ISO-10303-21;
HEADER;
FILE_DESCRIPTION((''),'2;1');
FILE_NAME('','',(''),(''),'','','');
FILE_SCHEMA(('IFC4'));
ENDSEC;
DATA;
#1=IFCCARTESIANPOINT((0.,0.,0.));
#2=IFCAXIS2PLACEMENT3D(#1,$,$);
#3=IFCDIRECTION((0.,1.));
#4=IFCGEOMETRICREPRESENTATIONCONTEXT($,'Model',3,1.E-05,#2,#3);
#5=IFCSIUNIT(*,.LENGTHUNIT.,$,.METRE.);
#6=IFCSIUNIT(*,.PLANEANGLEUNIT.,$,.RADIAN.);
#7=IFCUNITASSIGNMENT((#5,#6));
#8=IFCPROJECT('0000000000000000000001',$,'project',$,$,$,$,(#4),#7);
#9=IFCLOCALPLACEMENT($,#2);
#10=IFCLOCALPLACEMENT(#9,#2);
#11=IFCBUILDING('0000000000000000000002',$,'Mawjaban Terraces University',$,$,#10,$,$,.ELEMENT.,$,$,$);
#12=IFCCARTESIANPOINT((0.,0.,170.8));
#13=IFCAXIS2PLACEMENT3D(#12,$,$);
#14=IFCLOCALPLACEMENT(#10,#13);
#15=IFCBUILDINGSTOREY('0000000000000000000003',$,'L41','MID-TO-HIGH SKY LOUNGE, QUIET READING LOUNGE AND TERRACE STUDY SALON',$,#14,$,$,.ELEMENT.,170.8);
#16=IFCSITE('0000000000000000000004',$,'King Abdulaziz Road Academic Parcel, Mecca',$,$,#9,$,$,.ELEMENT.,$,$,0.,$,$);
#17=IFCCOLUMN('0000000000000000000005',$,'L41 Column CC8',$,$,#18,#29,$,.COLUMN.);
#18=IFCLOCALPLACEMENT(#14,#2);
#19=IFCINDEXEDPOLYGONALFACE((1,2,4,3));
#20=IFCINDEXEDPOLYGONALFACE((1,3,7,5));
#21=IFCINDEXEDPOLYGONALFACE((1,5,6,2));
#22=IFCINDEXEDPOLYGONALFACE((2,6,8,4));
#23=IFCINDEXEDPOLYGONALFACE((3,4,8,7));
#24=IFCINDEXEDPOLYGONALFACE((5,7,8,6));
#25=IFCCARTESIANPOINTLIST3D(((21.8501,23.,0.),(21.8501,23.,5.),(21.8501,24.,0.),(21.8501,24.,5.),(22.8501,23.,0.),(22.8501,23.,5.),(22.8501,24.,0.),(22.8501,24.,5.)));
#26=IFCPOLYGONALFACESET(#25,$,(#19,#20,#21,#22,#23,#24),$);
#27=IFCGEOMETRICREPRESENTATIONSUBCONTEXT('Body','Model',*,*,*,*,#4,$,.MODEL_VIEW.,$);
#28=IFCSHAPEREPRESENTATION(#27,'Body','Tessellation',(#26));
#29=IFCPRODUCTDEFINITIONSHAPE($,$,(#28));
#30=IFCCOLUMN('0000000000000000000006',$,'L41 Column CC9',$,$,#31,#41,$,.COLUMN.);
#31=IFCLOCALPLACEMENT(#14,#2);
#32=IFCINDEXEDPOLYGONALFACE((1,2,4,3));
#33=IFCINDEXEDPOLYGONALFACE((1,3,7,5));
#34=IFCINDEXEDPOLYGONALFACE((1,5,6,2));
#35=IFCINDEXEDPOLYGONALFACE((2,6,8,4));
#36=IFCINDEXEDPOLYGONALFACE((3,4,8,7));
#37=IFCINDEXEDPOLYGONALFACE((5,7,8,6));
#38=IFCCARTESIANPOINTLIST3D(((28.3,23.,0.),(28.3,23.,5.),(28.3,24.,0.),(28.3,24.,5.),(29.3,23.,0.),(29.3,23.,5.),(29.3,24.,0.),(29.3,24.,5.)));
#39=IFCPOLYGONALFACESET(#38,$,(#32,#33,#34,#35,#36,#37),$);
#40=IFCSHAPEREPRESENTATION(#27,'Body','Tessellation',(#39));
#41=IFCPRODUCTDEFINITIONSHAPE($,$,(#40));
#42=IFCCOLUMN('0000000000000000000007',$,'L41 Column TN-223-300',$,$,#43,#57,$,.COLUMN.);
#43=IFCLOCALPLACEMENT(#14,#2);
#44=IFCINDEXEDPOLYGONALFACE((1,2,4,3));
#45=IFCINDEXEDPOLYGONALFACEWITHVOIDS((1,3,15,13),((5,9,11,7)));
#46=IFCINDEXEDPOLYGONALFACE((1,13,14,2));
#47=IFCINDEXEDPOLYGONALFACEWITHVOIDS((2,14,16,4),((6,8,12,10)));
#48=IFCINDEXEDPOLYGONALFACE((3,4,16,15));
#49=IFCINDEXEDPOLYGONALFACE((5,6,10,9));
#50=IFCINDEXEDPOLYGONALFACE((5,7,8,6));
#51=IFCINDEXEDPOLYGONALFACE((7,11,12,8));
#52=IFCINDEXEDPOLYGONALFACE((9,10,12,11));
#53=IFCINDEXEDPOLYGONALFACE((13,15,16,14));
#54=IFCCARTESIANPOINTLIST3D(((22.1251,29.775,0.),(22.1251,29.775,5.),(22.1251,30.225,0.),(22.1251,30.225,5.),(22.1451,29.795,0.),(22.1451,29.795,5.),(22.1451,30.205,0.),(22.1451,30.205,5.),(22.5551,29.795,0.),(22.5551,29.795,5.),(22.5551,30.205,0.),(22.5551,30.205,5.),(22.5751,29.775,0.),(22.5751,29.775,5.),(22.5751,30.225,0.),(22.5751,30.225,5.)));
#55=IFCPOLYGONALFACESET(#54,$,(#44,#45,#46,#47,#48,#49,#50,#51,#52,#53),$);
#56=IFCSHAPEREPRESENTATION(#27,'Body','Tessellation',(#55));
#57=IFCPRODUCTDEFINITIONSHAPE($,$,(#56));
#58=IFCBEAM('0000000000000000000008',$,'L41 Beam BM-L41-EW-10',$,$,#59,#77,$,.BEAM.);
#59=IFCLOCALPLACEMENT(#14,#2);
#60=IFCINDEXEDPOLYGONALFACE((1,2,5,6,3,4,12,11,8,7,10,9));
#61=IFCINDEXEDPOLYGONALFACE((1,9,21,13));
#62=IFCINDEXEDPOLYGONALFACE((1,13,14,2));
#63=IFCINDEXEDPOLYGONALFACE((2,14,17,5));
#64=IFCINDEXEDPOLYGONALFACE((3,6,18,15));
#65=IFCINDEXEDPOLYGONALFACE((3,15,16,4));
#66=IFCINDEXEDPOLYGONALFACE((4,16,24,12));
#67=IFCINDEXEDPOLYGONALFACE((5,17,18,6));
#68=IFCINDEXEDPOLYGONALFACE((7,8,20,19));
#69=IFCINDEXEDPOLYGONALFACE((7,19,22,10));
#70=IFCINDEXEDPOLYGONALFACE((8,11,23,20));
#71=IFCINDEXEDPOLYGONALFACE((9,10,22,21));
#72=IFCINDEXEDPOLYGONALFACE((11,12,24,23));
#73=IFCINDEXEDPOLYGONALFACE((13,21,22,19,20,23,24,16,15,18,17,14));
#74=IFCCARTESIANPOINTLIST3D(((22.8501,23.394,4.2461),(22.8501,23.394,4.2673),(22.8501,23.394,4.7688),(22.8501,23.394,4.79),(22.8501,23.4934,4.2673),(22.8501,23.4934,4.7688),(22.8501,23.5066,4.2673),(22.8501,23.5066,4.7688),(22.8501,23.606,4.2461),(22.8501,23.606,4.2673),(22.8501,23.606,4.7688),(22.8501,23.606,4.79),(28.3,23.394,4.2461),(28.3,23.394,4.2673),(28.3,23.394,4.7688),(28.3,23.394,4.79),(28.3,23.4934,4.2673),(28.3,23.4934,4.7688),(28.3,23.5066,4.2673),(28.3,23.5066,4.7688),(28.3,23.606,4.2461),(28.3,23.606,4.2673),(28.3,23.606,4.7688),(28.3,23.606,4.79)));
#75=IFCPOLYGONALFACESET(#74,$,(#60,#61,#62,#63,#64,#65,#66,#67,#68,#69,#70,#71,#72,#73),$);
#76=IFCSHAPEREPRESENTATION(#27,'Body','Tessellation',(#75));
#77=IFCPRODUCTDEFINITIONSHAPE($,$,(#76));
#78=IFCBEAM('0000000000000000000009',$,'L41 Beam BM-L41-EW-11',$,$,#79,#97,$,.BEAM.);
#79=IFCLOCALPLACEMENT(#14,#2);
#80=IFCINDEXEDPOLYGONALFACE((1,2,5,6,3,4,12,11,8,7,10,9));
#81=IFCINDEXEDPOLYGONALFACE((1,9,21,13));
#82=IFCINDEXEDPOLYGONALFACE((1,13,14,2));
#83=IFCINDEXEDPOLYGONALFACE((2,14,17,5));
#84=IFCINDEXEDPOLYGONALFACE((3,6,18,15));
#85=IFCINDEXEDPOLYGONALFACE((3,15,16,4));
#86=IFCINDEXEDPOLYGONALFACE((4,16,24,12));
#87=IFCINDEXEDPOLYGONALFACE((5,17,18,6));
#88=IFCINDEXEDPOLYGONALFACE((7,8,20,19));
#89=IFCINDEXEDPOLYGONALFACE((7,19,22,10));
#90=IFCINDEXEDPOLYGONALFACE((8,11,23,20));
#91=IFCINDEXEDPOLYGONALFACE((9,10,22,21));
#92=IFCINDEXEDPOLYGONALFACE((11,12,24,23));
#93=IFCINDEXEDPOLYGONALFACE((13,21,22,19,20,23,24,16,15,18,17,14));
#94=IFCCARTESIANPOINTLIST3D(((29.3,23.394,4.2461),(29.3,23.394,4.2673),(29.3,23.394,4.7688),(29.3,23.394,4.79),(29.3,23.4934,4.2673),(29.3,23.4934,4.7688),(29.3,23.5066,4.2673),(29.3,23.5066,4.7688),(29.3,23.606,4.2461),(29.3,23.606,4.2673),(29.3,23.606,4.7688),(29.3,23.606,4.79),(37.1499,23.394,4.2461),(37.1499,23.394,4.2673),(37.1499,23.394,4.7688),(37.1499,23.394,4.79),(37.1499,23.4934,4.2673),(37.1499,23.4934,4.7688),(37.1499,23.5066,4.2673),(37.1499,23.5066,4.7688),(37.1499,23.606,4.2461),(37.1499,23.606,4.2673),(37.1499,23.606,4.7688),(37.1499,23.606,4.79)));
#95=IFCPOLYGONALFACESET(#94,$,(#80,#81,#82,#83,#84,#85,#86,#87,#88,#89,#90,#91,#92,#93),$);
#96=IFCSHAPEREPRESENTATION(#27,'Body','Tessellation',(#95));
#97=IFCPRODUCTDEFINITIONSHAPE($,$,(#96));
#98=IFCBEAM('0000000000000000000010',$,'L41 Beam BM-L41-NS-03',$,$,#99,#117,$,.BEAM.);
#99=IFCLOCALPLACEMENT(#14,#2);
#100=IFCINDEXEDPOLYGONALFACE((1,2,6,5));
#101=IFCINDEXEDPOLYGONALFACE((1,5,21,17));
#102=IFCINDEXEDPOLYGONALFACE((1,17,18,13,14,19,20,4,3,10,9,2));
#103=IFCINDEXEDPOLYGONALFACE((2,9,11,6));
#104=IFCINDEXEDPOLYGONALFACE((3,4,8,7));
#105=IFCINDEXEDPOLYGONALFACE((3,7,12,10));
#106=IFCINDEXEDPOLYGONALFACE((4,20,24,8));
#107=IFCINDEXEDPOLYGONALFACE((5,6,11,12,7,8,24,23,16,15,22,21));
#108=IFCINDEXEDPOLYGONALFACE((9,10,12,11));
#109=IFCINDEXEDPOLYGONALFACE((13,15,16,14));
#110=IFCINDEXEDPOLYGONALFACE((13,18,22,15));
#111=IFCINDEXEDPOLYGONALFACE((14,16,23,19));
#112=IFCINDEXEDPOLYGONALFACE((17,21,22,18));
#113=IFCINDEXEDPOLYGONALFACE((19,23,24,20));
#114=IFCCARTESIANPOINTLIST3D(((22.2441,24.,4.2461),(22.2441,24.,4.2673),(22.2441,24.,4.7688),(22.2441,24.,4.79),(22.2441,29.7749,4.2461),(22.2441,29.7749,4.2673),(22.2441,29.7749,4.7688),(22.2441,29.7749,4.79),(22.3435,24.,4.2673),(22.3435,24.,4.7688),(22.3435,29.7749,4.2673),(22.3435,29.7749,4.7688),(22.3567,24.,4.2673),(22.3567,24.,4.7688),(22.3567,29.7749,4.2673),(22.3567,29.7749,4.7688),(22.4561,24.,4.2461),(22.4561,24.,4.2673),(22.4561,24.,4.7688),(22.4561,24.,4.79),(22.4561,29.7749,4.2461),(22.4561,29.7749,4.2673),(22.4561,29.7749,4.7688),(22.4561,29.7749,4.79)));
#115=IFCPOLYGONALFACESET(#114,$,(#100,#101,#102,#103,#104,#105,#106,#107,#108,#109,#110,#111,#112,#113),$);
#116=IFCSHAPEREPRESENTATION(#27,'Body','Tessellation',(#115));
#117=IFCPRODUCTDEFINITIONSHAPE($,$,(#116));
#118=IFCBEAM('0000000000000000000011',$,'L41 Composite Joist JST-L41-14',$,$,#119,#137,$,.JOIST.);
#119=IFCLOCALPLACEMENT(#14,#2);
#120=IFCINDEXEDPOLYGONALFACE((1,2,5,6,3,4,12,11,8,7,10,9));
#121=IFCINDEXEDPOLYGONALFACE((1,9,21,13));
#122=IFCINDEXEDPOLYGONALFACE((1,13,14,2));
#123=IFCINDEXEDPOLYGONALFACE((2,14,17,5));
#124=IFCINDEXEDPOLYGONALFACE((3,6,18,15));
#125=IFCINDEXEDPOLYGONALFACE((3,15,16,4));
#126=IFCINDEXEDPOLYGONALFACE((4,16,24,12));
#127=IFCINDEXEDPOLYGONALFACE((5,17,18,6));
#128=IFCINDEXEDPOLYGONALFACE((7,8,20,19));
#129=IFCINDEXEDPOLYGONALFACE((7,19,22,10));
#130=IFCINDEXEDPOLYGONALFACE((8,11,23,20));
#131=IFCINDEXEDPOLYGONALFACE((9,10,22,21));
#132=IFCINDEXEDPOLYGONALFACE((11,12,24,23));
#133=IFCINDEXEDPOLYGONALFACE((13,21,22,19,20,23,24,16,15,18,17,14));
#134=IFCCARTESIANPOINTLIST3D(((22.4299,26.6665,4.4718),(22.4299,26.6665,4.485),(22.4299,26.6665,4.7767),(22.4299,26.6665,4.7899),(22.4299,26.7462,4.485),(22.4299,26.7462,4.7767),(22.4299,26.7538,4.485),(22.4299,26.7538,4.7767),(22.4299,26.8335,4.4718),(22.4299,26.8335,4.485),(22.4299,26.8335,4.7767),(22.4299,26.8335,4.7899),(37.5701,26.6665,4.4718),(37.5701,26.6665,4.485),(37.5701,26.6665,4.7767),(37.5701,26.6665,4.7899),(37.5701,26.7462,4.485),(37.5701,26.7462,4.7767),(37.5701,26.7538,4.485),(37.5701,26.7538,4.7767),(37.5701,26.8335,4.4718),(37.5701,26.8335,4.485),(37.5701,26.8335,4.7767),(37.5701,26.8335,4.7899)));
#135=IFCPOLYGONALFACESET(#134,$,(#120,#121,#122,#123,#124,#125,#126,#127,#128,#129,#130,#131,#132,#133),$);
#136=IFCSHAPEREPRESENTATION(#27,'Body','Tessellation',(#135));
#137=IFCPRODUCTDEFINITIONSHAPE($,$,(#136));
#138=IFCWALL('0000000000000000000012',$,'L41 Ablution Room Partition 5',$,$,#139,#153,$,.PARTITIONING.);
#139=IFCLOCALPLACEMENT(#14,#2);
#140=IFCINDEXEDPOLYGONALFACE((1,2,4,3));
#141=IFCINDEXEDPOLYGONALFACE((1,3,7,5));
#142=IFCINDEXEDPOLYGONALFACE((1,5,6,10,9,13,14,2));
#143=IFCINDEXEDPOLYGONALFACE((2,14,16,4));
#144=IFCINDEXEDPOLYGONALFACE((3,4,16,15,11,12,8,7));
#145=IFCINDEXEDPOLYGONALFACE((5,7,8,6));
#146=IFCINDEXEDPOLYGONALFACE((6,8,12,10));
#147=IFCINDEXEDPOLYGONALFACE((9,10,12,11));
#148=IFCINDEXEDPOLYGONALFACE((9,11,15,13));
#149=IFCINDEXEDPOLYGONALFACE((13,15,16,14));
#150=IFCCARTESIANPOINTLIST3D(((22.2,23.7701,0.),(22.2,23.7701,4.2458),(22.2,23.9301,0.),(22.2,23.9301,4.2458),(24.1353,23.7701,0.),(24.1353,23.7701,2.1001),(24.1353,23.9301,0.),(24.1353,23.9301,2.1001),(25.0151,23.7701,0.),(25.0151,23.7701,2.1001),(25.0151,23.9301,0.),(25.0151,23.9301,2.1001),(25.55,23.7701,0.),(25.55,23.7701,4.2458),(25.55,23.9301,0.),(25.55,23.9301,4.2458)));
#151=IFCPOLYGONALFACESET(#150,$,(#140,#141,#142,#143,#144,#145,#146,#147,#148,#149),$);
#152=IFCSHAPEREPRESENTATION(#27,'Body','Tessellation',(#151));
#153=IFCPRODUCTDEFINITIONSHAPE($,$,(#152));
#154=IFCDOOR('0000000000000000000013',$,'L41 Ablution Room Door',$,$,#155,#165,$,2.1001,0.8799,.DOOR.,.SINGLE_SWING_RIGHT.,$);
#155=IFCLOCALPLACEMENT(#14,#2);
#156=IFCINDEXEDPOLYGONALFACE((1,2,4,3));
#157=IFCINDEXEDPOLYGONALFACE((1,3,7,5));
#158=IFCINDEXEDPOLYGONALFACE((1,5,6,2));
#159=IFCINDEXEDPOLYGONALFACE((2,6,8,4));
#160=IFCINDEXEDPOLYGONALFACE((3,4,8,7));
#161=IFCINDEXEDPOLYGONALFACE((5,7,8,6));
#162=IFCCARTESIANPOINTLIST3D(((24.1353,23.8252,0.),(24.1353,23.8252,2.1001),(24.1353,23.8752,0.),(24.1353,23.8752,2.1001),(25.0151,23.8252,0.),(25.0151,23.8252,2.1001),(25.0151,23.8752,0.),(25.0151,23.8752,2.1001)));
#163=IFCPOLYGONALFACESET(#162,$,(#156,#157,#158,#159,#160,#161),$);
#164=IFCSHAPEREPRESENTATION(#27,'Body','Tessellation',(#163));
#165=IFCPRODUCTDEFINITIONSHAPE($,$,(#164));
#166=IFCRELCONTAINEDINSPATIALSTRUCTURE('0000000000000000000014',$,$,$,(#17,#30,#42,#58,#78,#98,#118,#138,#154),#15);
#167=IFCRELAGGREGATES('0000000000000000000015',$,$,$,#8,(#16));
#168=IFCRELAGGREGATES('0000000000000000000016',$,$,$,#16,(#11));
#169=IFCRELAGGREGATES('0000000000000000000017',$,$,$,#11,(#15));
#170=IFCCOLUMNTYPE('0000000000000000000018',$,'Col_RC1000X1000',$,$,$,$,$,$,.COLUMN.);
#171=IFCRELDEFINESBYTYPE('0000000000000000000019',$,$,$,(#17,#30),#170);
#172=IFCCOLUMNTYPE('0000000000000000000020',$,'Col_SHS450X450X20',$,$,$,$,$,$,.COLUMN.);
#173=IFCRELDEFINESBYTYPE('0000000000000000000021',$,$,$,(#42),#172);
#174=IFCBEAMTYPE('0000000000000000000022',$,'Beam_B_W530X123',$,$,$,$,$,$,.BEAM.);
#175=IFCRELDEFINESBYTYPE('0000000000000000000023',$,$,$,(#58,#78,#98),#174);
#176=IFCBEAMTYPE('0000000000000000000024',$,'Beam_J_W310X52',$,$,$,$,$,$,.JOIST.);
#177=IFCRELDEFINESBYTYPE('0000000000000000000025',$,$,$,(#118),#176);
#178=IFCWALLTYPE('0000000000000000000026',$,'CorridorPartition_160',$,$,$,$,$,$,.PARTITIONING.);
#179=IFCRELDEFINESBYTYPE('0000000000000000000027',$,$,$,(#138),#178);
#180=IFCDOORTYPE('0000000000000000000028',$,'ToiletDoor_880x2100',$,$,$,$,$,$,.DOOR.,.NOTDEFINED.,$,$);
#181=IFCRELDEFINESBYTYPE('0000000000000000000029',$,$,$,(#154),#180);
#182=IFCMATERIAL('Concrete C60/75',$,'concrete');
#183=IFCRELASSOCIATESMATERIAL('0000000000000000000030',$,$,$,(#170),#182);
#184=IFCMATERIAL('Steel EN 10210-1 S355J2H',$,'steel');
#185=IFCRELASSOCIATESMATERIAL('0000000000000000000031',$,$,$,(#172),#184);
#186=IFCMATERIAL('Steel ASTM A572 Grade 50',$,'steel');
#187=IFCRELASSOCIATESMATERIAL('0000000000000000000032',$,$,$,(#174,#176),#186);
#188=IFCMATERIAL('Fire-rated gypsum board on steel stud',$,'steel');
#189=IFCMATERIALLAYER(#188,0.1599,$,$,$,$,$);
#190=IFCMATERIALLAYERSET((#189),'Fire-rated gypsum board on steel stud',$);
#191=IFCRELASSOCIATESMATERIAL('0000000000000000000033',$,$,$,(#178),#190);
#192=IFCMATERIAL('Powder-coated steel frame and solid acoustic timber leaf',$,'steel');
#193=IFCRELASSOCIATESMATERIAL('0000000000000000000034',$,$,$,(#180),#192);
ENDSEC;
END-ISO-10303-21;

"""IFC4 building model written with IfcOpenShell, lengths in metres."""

from ifc_helpers import new_model, si_unit, direction, frame, frame_2d, origin, origin_2d, place, context, subcontext, project, spatial, rectangle, hollow_rectangle, i_section, extrude, material, layer, layer_set, material_profile, profile_set, type_object, element, fill, save


model = new_model("IFC4")

# Units and contexts
model_context = context("Model", 3, precision=1e-05, world=origin(), true_north=direction((0.0, 1.0)))
body_context = subcontext(model_context, "Body", "Model", "MODEL_VIEW")
ifc_project = project(units=[si_unit("LENGTHUNIT", "METRE"), si_unit("PLANEANGLEUNIT", "RADIAN")], contexts=[model_context])

# Site, building, storey
site_placement = place(None, origin())
site = spatial("IfcSite", under=ifc_project, at=site_placement, Name="King Abdulaziz Road Academic Parcel, Mecca", CompositionType="ELEMENT", RefElevation=0.0)
building_placement = place(site_placement, origin())
building = spatial("IfcBuilding", under=site, at=building_placement, Name="Mawjaban Terraces University", CompositionType="ELEMENT")
storey_placement = place(building_placement, frame((0.0, 0.0, 170.8)))
storey = spatial("IfcBuildingStorey", under=building, at=storey_placement, Name="L41", Description="MID-TO-HIGH SKY LOUNGE, QUIET READING LOUNGE AND TERRACE STUDY SALON", CompositionType="ELEMENT", Elevation=170.8)

# Columns
ifc_material_1 = material(Name="Concrete C60/75", Category="concrete")
ifc_material_profile_1 = material_profile(ifc_material_1, rectangle(XDim=1.0, YDim=1.0, at=origin_2d()), Name="RC1000X1000")
ifc_profile_set_1 = profile_set([ifc_material_profile_1], Name="Concrete C60/75")
column_type_1 = type_object("IfcColumnType", Name="Col_RC1000X1000", PredefinedType="COLUMN", material=ifc_profile_set_1)
for number, where, z_axis, x_axis, name in (
    (1, (22.3501, 23.5, 0.0), (0.0, 0.0, 1.0), (1.0, 0.0, 0.0), "L41 Column CC8"),
    (2, (28.8, 23.5, 0.0), (0.0, 0.0, 1.0), (1.0, 0.0, 0.0), "L41 Column CC9"),
):
    element("IfcColumn", number, at=place(storey_placement, frame(where, z_axis=z_axis, x_axis=x_axis)), inside=storey, type_object=column_type_1, Name=name, PredefinedType="COLUMN", context=body_context, shape_type="SweptSolid", body=[
        extrude(rectangle(XDim=1.0, YDim=1.0, at=origin_2d()), origin(), (0.0, 0.0, 1.0), 5.0),
    ])
ifc_material_2 = material(Name="Steel EN 10210-1 S355J2H", Category="steel")
ifc_material_profile_2 = material_profile(ifc_material_2, hollow_rectangle(XDim=0.45, YDim=0.45, WallThickness=0.02, at=origin_2d()), Name="SHS450X450X20")
ifc_profile_set_2 = profile_set([ifc_material_profile_2], Name="Steel EN 10210-1 S355J2H")
column_type_2 = type_object("IfcColumnType", Name="Col_SHS450X450X20", PredefinedType="COLUMN", material=ifc_profile_set_2)
column_placement = place(storey_placement, frame((22.3501, 30.0, 0.0), z_axis=(0.0, 0.0, 1.0), x_axis=(1.0, 0.0, 0.0)))
element("IfcColumn", 3, at=column_placement, inside=storey, type_object=column_type_2, Name="L41 Column TN-223-300", PredefinedType="COLUMN", context=body_context, shape_type="SweptSolid", body=[
    extrude(hollow_rectangle(XDim=0.45, YDim=0.45, WallThickness=0.02, at=origin_2d()), origin(), (0.0, 0.0, 1.0), 5.0),
])

# Beams
ifc_material_3 = material(Name="Steel ASTM A572 Grade 50", Category="steel")
ifc_material_profile_3 = material_profile(ifc_material_3, i_section(OverallWidth=0.2119, OverallDepth=0.5439, WebThickness=0.0132, FlangeThickness=0.0212, at=origin_2d()), Name="W530X123")
ifc_profile_set_3 = profile_set([ifc_material_profile_3], Name="Steel ASTM A572 Grade 50")
beam_type_1 = type_object("IfcBeamType", Name="Beam_B_W530X123", PredefinedType="BEAM", material=ifc_profile_set_3)
beam_1_placement = place(storey_placement, frame((22.8501, 23.5, 4.5181), z_axis=(1.0, 0.0, 0.0), x_axis=(0.0, 1.0, 0.0)))
element("IfcBeam", 4, at=beam_1_placement, inside=storey, type_object=beam_type_1, Name="L41 Beam BM-L41-EW-10", PredefinedType="BEAM", context=body_context, shape_type="SweptSolid", body=[
    extrude(i_section(OverallWidth=0.2119, OverallDepth=0.5439, WebThickness=0.0132, FlangeThickness=0.0212, at=origin_2d()), origin(), (0.0, 0.0, 1.0), 5.45),
])
beam_2_placement = place(storey_placement, frame((29.3, 23.5, 4.5181), z_axis=(1.0, 0.0, 0.0), x_axis=(0.0, 1.0, 0.0)))
element("IfcBeam", 5, at=beam_2_placement, inside=storey, type_object=beam_type_1, Name="L41 Beam BM-L41-EW-11", PredefinedType="BEAM", context=body_context, shape_type="SweptSolid", body=[
    extrude(i_section(OverallWidth=0.2119, OverallDepth=0.5439, WebThickness=0.0132, FlangeThickness=0.0212, at=origin_2d()), origin(), (0.0, 0.0, 1.0), 7.8499),
])
beam_3_placement = place(storey_placement, frame((22.3501, 24.0, 4.5181), z_axis=(0.0, 1.0, 0.0), x_axis=(-1.0, 0.0, 0.0)))
element("IfcBeam", 6, at=beam_3_placement, inside=storey, type_object=beam_type_1, Name="L41 Beam BM-L41-NS-03", PredefinedType="BEAM", context=body_context, shape_type="SweptSolid", body=[
    extrude(i_section(OverallWidth=0.2119, OverallDepth=0.5439, WebThickness=0.0132, FlangeThickness=0.0212, at=origin_2d()), origin(), (0.0, 0.0, 1.0), 5.7749),
])
ifc_material_profile_4 = material_profile(ifc_material_3, i_section(OverallWidth=0.167, OverallDepth=0.3181, WebThickness=0.0076, FlangeThickness=0.0132, at=origin_2d()), Name="W310X52")
ifc_profile_set_4 = profile_set([ifc_material_profile_4], Name="Steel ASTM A572 Grade 50")
beam_type_2 = type_object("IfcBeamType", Name="Beam_J_W310X52", PredefinedType="JOIST", material=ifc_profile_set_4)
beam_4_placement = place(storey_placement, frame((22.4299, 26.75, 4.6309), z_axis=(1.0, 0.0, 0.0), x_axis=(0.0, 1.0, 0.0)))
element("IfcBeam", 7, at=beam_4_placement, inside=storey, type_object=beam_type_2, Name="L41 Composite Joist JST-L41-14", PredefinedType="JOIST", context=body_context, shape_type="SweptSolid", body=[
    extrude(i_section(OverallWidth=0.167, OverallDepth=0.3181, WebThickness=0.0076, FlangeThickness=0.0132, at=origin_2d()), origin(), (0.0, 0.0, 1.0), 15.1401),
])

# Wall, opening, door
ifc_material_4 = material(Name="Fire-rated gypsum board on steel stud", Category="steel")
ifc_layer_1 = layer(ifc_material_4, 0.1599)
ifc_layer_set_1 = layer_set([ifc_layer_1], Name="Fire-rated gypsum board on steel stud")
wall_type_1 = type_object("IfcWallType", Name="CorridorPartition_160", PredefinedType="PARTITIONING", material=ifc_layer_set_1)
wall_1_placement = place(storey_placement, frame((25.55, 23.8501, 0.0), z_axis=(0.0, 0.0, 1.0), x_axis=(-1.0, 0.0, 0.0)))
wall_1 = element("IfcWall", 8, at=wall_1_placement, inside=storey, type_object=wall_type_1, Name="L41 Ablution Room Partition 5", PredefinedType="PARTITIONING", context=body_context, shape_type="SweptSolid", body=[
    extrude(rectangle(XDim=3.3501, YDim=0.1599, at=frame_2d((1.675, 0.0))), origin(), (0.0, 0.0, 1.0), 4.2458),
])
opening_1_placement = place(wall_1_placement, frame((0.5349, 0.0, 0.0)))
opening_1 = element("IfcOpeningElement", 9, at=opening_1_placement, cuts=wall_1, PredefinedType="OPENING", context=body_context, shape_type="SweptSolid", body=[
    extrude(rectangle(XDim=0.8799, YDim=2.1001, at=frame_2d((0.4399, 1.05))), frame((0.0, 0.0898, 0.0), z_axis=(0.0, -1.0, 0.0), x_axis=(1.0, 0.0, 0.0)), (0.0, 0.0, 1.0), 0.1799),
])
ifc_material_5 = material(Name="Powder-coated steel frame and solid acoustic timber leaf", Category="steel")
door_type_1 = type_object("IfcDoorType", Name="ToiletDoor_880x2100", OperationType="NOTDEFINED", PredefinedType="DOOR", material=ifc_material_5)
door_1_placement = place(opening_1_placement, origin())
door_1 = element("IfcDoor", 10, at=door_1_placement, inside=storey, type_object=door_type_1, Name="L41 Ablution Room Door", OperationType="SINGLE_SWING_RIGHT", OverallHeight=2.1001, OverallWidth=0.8799, PredefinedType="DOOR", context=body_context, shape_type="SweptSolid", body=[
    extrude(rectangle(XDim=0.8799, YDim=2.1001, at=frame_2d((0.4399, 1.05))), frame((0.0, 0.0249, 0.0), z_axis=(0.0, -1.0, 0.0), x_axis=(1.0, 0.0, 0.0)), (0.0, 0.0, 1.0), 0.05),
])
fill(opening_1, door_1)

save(model, "model.ifc")
